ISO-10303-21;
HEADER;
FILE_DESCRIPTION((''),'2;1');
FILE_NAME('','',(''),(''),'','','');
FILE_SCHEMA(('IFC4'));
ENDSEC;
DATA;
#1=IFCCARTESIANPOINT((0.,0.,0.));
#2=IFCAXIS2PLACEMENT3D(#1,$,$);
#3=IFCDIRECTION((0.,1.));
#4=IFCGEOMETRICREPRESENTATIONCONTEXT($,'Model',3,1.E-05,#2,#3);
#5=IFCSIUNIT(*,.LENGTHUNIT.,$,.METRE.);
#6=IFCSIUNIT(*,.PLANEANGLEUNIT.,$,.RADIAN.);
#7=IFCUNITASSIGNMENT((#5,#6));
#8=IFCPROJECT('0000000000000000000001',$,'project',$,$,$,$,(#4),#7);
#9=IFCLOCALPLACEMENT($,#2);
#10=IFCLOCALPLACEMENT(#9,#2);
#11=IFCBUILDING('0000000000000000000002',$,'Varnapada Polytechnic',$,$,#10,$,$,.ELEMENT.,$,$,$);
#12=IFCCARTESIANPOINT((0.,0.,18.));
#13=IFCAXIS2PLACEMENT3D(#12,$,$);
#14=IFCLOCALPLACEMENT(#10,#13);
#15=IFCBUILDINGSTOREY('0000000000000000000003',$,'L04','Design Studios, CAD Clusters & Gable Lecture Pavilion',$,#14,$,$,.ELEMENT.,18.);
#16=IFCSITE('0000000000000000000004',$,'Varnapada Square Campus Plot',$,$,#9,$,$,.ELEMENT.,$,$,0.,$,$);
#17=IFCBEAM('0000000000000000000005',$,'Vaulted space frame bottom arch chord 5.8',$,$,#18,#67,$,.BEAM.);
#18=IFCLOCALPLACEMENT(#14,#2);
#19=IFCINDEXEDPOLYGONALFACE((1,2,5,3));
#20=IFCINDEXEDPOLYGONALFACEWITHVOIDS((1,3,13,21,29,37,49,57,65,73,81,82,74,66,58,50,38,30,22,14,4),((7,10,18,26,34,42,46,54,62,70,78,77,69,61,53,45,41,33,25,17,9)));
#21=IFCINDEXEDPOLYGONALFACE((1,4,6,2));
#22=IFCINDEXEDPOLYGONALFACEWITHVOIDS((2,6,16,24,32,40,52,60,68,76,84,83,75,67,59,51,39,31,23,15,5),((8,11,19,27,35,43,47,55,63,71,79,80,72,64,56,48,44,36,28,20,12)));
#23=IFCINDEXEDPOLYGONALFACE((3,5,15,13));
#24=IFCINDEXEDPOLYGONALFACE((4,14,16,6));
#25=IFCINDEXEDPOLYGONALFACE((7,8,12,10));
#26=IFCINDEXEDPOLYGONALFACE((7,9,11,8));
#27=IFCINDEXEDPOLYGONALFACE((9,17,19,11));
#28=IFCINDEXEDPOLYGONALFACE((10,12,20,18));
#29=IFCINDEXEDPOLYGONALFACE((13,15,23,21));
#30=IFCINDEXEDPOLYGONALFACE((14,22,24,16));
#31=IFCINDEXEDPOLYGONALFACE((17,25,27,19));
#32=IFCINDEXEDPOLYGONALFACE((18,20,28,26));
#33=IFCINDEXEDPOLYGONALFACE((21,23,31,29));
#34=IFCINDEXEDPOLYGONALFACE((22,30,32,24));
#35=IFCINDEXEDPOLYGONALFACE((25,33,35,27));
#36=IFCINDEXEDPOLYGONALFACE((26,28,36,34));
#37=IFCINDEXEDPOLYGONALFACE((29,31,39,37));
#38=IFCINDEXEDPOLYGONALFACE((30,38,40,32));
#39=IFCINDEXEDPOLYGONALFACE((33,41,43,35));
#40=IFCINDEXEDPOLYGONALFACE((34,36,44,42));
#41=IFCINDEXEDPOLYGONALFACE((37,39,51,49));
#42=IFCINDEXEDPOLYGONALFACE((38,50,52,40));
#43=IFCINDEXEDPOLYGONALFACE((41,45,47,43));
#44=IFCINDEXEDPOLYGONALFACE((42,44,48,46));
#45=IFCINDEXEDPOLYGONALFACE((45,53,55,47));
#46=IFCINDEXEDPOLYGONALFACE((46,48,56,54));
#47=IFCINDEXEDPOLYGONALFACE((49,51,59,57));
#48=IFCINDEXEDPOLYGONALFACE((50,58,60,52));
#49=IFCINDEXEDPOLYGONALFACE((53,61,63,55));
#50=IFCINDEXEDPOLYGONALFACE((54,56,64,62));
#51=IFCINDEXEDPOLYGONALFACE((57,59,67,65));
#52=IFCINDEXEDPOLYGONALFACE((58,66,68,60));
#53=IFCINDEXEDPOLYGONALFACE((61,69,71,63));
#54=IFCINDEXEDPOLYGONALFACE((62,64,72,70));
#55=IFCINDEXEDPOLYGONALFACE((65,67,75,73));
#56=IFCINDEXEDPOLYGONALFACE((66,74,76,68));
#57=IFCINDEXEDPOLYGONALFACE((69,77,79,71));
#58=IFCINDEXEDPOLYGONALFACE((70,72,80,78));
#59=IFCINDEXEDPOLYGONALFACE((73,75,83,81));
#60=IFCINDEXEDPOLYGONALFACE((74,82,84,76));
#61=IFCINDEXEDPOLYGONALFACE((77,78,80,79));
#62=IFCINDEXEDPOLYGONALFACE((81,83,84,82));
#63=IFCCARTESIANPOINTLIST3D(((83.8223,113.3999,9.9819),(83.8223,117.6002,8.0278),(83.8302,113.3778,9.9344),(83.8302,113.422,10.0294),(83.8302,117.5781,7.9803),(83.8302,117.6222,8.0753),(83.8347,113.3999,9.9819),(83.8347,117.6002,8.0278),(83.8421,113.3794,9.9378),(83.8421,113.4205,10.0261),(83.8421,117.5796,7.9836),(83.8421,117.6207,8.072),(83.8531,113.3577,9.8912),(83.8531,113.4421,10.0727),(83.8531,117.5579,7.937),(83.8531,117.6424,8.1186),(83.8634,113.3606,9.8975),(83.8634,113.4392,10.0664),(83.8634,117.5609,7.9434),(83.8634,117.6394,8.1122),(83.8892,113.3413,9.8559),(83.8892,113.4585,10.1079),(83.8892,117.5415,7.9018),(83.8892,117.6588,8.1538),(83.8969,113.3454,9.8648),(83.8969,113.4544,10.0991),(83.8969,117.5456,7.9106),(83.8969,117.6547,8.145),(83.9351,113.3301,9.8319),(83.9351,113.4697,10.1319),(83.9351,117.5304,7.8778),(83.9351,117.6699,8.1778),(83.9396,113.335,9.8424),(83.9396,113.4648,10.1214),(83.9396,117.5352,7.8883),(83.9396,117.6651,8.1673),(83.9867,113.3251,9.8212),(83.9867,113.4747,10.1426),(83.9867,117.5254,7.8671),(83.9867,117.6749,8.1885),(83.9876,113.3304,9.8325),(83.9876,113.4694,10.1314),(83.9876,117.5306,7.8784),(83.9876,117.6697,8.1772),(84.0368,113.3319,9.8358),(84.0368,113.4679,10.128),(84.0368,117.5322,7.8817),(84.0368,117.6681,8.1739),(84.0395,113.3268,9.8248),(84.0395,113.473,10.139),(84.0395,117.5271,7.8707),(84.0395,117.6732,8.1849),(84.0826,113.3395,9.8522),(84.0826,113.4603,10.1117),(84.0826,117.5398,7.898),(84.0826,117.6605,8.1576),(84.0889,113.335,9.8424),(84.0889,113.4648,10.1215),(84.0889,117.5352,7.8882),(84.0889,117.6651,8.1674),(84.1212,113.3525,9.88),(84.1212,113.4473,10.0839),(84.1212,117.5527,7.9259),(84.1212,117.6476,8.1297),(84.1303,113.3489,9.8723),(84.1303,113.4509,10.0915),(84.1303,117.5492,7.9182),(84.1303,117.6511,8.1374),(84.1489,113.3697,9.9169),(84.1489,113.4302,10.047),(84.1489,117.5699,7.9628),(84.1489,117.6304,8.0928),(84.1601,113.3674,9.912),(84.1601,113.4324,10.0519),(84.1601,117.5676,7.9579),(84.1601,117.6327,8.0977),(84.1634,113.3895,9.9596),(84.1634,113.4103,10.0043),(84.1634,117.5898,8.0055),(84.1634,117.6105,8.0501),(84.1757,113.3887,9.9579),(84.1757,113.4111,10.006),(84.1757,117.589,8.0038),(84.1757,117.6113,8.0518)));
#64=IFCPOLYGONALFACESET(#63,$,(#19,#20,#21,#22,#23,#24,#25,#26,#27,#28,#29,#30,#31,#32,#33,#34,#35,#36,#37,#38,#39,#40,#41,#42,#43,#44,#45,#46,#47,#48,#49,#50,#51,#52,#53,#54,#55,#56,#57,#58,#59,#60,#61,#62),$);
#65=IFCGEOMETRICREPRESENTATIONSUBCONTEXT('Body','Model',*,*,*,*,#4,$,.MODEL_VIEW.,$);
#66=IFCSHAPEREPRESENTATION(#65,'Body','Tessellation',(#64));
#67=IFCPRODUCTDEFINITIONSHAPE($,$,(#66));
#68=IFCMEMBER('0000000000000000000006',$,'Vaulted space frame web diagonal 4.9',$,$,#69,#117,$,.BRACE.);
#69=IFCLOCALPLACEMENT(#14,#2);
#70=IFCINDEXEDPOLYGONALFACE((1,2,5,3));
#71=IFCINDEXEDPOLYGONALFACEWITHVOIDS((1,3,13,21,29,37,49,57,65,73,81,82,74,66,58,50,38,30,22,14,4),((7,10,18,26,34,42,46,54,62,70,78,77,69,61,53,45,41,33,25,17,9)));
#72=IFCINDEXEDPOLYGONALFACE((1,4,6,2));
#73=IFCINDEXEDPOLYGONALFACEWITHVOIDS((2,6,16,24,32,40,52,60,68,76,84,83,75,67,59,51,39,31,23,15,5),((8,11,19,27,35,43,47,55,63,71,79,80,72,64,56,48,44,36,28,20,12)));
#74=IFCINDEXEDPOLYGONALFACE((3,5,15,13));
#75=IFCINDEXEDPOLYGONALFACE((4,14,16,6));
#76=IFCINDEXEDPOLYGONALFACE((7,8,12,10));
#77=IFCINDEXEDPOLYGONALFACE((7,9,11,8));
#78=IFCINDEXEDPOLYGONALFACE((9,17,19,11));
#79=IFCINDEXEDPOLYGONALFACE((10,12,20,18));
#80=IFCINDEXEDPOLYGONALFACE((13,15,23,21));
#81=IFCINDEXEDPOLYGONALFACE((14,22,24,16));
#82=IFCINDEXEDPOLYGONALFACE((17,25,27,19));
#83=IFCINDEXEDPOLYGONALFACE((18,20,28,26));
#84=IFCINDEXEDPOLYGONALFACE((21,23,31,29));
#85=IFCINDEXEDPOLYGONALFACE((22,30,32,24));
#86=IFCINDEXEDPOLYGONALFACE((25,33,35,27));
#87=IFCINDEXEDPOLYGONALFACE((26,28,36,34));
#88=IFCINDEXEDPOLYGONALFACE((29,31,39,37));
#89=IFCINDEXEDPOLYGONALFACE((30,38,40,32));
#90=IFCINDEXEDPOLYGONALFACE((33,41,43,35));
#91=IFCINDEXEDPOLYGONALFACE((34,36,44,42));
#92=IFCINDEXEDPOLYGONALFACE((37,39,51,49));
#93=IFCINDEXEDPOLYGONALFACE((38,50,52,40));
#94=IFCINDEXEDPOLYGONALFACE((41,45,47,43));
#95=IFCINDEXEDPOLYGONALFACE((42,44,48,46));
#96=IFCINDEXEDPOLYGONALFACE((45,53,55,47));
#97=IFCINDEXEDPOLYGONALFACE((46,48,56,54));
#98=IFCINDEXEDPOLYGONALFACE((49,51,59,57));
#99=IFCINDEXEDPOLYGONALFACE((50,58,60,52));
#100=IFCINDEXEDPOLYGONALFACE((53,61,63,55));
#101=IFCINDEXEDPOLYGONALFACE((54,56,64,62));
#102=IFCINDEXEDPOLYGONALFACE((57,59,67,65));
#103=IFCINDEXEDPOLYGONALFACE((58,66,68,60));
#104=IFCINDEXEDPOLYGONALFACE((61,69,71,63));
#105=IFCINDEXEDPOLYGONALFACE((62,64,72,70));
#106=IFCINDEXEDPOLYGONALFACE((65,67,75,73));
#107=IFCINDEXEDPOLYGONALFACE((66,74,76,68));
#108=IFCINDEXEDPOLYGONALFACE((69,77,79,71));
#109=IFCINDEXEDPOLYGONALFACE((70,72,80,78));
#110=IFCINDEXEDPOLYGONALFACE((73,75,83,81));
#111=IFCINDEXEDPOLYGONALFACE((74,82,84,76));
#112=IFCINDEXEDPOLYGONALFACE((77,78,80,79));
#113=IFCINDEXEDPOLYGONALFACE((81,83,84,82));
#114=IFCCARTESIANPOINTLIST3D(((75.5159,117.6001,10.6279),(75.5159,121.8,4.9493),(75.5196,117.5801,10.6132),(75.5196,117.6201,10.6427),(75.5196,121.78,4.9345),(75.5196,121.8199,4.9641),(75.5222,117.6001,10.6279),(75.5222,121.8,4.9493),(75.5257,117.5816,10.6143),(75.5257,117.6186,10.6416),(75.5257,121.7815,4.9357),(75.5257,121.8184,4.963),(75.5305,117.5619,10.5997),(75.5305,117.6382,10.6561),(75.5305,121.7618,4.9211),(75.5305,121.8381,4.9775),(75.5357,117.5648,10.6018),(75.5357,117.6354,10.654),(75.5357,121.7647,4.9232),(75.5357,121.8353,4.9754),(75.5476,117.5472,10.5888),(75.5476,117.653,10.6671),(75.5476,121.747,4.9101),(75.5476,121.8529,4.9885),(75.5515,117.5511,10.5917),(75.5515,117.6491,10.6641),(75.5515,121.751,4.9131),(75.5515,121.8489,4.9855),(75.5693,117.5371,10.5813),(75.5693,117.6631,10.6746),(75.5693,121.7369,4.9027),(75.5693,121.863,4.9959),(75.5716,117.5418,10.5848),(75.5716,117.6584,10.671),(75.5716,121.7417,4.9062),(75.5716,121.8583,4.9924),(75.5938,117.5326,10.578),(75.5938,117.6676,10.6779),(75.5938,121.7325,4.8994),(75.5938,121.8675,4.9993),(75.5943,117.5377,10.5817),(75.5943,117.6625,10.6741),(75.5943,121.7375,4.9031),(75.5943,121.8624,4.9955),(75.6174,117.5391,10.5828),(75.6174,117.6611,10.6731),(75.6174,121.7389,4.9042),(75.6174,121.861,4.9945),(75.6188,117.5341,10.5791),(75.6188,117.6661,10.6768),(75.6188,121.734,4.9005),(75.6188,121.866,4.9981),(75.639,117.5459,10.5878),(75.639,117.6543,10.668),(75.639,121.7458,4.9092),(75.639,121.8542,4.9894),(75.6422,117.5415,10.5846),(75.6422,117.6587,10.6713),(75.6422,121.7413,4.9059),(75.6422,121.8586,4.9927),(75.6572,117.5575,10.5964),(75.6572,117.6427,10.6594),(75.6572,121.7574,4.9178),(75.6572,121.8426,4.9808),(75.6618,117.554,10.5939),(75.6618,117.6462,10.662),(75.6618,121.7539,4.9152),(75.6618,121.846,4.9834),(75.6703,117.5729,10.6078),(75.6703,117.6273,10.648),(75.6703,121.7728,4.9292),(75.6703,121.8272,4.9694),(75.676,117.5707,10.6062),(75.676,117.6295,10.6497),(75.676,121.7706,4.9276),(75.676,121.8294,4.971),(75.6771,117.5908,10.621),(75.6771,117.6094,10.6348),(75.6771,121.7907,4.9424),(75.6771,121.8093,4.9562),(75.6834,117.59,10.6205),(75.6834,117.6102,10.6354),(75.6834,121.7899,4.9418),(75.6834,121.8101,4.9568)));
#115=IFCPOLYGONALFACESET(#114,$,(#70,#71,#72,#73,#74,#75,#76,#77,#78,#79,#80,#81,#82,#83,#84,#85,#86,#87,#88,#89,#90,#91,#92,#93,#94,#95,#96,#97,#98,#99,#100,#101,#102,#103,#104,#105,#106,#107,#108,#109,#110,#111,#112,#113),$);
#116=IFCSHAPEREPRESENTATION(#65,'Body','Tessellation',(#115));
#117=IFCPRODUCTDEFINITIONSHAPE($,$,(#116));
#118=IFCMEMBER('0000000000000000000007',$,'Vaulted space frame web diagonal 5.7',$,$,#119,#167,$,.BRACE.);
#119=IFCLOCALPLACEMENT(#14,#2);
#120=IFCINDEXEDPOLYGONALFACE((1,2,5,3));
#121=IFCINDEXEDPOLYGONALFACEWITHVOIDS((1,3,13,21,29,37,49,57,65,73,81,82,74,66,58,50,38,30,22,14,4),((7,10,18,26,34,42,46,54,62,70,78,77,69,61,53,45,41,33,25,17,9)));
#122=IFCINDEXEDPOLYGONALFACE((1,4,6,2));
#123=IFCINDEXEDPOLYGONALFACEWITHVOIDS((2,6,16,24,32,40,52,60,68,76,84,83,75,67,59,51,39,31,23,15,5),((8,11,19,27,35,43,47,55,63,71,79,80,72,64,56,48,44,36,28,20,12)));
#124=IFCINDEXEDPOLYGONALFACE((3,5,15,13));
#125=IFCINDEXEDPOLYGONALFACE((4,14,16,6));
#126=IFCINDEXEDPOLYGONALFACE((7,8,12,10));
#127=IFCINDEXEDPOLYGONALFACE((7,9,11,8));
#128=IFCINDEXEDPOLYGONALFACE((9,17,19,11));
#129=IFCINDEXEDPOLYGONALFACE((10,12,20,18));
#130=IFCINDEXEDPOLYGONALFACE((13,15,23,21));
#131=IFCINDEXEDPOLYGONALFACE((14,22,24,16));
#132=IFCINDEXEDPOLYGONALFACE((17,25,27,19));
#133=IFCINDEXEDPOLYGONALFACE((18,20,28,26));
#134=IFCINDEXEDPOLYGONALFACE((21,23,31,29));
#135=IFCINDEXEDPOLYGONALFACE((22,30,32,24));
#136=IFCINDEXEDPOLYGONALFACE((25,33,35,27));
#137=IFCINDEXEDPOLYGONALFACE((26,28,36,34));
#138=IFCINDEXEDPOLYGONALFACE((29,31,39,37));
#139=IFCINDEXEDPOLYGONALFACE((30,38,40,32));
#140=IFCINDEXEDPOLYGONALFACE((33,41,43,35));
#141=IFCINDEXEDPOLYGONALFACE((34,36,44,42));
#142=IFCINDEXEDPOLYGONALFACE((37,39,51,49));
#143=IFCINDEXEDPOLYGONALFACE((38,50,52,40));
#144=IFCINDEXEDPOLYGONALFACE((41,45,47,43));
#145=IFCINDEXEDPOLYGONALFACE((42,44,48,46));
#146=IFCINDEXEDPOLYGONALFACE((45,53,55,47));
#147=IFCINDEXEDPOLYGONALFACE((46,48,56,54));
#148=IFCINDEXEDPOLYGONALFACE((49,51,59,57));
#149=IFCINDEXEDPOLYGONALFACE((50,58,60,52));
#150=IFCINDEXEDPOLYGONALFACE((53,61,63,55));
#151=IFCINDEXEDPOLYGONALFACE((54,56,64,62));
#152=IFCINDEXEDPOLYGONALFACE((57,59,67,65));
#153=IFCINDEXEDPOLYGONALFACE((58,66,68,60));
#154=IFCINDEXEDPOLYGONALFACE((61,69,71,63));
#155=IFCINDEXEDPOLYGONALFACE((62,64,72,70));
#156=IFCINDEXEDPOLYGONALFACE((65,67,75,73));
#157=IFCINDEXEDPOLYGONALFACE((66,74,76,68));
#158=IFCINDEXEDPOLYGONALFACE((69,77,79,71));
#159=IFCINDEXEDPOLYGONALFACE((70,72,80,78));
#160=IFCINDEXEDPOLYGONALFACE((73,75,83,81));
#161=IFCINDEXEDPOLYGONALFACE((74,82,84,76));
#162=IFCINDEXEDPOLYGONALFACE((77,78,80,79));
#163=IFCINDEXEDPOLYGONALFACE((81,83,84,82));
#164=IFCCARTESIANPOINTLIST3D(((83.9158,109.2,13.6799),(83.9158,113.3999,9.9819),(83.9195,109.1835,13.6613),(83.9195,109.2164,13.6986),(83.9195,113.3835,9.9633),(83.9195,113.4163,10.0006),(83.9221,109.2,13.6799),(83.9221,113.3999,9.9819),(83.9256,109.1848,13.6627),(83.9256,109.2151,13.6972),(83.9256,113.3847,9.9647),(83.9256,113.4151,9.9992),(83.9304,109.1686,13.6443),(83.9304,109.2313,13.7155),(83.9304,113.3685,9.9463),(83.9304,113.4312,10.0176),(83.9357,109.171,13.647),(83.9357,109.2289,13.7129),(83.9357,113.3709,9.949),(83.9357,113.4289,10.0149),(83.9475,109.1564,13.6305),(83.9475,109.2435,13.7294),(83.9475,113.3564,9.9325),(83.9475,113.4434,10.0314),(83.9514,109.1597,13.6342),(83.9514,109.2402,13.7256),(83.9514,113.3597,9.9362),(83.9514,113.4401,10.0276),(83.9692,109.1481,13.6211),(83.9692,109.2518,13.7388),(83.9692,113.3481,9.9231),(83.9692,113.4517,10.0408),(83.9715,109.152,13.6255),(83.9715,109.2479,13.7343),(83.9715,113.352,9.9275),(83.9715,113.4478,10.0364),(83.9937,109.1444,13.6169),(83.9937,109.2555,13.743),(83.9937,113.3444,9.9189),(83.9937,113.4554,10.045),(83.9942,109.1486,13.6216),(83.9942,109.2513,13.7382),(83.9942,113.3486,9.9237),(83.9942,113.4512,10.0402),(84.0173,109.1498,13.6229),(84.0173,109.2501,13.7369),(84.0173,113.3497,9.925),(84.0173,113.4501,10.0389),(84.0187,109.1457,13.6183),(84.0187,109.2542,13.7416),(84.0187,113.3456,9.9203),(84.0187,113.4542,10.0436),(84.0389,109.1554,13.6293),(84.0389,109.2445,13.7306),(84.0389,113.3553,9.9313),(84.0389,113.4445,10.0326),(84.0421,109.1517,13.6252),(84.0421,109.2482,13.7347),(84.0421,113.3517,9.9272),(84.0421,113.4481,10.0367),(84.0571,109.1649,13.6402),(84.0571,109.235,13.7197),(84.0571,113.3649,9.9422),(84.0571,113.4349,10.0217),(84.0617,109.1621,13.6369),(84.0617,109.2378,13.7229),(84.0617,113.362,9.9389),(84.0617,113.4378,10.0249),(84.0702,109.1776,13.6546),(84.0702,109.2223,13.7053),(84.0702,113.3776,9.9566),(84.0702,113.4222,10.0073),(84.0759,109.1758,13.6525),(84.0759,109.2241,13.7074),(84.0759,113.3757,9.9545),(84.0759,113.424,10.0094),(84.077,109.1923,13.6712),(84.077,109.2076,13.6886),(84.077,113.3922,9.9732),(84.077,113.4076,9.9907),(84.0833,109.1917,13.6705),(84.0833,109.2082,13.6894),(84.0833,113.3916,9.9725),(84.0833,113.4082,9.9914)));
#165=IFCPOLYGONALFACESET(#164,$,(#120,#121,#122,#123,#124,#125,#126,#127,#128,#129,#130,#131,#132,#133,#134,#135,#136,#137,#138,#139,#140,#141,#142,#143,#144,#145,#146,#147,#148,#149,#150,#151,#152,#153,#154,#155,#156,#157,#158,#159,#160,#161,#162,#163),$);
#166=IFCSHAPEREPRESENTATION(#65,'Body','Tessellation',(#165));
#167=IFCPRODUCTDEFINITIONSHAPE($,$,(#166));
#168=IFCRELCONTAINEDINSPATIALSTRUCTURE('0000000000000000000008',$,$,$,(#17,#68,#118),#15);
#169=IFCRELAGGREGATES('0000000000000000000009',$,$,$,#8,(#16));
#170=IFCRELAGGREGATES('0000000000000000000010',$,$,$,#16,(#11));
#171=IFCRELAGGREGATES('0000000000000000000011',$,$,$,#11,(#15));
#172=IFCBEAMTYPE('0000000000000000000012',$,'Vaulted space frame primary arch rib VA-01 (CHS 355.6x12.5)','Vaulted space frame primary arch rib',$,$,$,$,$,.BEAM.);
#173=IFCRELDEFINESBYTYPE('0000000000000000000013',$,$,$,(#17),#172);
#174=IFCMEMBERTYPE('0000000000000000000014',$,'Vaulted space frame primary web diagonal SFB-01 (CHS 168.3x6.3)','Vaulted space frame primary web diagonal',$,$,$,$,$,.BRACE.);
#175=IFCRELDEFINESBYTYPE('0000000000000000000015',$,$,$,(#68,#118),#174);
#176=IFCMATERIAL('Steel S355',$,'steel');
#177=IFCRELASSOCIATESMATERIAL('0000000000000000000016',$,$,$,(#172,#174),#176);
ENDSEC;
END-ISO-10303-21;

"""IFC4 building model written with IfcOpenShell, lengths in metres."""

from ifc_helpers import new_model, si_unit, direction, frame, origin, origin_2d, place, context, subcontext, project, spatial, hollow_circle, extrude, material, material_profile, profile_set, type_object, element, save


model = new_model("IFC4")

# Units and contexts
model_context = context("Model", 3, precision=1e-05, world=origin(), true_north=direction((0.0, 1.0)))
body_context = subcontext(model_context, "Body", "Model", "MODEL_VIEW")
ifc_project = project(units=[si_unit("LENGTHUNIT", "METRE"), si_unit("PLANEANGLEUNIT", "RADIAN")], contexts=[model_context])

# Site, building, storey
site_placement = place(None, origin())
site = spatial("IfcSite", under=ifc_project, at=site_placement, Name="Varnapada Square Campus Plot", CompositionType="ELEMENT", RefElevation=0.0)
building_placement = place(site_placement, origin())
building = spatial("IfcBuilding", under=site, at=building_placement, Name="Varnapada Polytechnic", CompositionType="ELEMENT")
storey_placement = place(building_placement, frame((0.0, 0.0, 18.0)))
storey = spatial("IfcBuildingStorey", under=building, at=storey_placement, Name="L04", Description="Design Studios, CAD Clusters & Gable Lecture Pavilion", CompositionType="ELEMENT", Elevation=18.0)

# Shared definitions
ifc_material = material(Name="Steel S355", Category="steel")

# Beam
ifc_material_profile_1 = material_profile(ifc_material, hollow_circle(Radius=0.1777, WallThickness=0.0125, at=origin_2d()), Name="CHS 355.6x12.5")
ifc_profile_set_1 = profile_set([ifc_material_profile_1], Name="Steel S355")
beam_type_1 = type_object("IfcBeamType", Name="Vaulted space frame primary arch rib VA-01 (CHS 355.6x12.5)", Description="Vaulted space frame primary arch rib", PredefinedType="BEAM", material=ifc_profile_set_1)
beam_1_placement = place(storey_placement, frame((84.0, 113.3999, 9.9819), z_axis=(0.0, 0.906678, -0.421823), x_axis=(-1.0, 0.0, 0.0)))
element("IfcBeam", 1, at=beam_1_placement, inside=storey, type_object=beam_type_1, Name="Vaulted space frame bottom arch chord 5.8", PredefinedType="BEAM", context=body_context, shape_type="SweptSolid", body=[
    extrude(hollow_circle(Radius=0.1777, WallThickness=0.0125, at=origin_2d()), origin(), (0.0, 0.0, 1.0), 4.6326),
])

# Members
ifc_material_profile_2 = material_profile(ifc_material, hollow_circle(Radius=0.0842, WallThickness=0.0063, at=origin_2d()), Name="CHS 168.3x6.3")
ifc_profile_set_2 = profile_set([ifc_material_profile_2], Name="Steel S355")
member_type_1 = type_object("IfcMemberType", Name="Vaulted space frame primary web diagonal SFB-01 (CHS 168.3x6.3)", Description="Vaulted space frame primary web diagonal", PredefinedType="BRACE", material=ifc_profile_set_2)
member_1_placement = place(storey_placement, frame((75.6001, 117.6001, 10.6279), z_axis=(0.0, 0.594633, -0.803997), x_axis=(-1.0, 0.0, 0.0)))
element("IfcMember", 2, at=member_1_placement, inside=storey, type_object=member_type_1, Name="Vaulted space frame web diagonal 4.9", PredefinedType="BRACE", context=body_context, shape_type="SweptSolid", body=[
    extrude(hollow_circle(Radius=0.0842, WallThickness=0.0063, at=origin_2d()), origin(), (0.0, 0.0, 1.0), 7.063),
])
member_2_placement = place(storey_placement, frame((84.0, 109.2, 13.6799), z_axis=(0.0, 0.750533, -0.660833), x_axis=(-1.0, 0.0, 0.0)))
element("IfcMember", 3, at=member_2_placement, inside=storey, type_object=member_type_1, Name="Vaulted space frame web diagonal 5.7", PredefinedType="BRACE", context=body_context, shape_type="SweptSolid", body=[
    extrude(hollow_circle(Radius=0.0842, WallThickness=0.0063, at=origin_2d()), origin(), (0.0, 0.0, 1.0), 5.5959),
])

save(model, "model.ifc")
